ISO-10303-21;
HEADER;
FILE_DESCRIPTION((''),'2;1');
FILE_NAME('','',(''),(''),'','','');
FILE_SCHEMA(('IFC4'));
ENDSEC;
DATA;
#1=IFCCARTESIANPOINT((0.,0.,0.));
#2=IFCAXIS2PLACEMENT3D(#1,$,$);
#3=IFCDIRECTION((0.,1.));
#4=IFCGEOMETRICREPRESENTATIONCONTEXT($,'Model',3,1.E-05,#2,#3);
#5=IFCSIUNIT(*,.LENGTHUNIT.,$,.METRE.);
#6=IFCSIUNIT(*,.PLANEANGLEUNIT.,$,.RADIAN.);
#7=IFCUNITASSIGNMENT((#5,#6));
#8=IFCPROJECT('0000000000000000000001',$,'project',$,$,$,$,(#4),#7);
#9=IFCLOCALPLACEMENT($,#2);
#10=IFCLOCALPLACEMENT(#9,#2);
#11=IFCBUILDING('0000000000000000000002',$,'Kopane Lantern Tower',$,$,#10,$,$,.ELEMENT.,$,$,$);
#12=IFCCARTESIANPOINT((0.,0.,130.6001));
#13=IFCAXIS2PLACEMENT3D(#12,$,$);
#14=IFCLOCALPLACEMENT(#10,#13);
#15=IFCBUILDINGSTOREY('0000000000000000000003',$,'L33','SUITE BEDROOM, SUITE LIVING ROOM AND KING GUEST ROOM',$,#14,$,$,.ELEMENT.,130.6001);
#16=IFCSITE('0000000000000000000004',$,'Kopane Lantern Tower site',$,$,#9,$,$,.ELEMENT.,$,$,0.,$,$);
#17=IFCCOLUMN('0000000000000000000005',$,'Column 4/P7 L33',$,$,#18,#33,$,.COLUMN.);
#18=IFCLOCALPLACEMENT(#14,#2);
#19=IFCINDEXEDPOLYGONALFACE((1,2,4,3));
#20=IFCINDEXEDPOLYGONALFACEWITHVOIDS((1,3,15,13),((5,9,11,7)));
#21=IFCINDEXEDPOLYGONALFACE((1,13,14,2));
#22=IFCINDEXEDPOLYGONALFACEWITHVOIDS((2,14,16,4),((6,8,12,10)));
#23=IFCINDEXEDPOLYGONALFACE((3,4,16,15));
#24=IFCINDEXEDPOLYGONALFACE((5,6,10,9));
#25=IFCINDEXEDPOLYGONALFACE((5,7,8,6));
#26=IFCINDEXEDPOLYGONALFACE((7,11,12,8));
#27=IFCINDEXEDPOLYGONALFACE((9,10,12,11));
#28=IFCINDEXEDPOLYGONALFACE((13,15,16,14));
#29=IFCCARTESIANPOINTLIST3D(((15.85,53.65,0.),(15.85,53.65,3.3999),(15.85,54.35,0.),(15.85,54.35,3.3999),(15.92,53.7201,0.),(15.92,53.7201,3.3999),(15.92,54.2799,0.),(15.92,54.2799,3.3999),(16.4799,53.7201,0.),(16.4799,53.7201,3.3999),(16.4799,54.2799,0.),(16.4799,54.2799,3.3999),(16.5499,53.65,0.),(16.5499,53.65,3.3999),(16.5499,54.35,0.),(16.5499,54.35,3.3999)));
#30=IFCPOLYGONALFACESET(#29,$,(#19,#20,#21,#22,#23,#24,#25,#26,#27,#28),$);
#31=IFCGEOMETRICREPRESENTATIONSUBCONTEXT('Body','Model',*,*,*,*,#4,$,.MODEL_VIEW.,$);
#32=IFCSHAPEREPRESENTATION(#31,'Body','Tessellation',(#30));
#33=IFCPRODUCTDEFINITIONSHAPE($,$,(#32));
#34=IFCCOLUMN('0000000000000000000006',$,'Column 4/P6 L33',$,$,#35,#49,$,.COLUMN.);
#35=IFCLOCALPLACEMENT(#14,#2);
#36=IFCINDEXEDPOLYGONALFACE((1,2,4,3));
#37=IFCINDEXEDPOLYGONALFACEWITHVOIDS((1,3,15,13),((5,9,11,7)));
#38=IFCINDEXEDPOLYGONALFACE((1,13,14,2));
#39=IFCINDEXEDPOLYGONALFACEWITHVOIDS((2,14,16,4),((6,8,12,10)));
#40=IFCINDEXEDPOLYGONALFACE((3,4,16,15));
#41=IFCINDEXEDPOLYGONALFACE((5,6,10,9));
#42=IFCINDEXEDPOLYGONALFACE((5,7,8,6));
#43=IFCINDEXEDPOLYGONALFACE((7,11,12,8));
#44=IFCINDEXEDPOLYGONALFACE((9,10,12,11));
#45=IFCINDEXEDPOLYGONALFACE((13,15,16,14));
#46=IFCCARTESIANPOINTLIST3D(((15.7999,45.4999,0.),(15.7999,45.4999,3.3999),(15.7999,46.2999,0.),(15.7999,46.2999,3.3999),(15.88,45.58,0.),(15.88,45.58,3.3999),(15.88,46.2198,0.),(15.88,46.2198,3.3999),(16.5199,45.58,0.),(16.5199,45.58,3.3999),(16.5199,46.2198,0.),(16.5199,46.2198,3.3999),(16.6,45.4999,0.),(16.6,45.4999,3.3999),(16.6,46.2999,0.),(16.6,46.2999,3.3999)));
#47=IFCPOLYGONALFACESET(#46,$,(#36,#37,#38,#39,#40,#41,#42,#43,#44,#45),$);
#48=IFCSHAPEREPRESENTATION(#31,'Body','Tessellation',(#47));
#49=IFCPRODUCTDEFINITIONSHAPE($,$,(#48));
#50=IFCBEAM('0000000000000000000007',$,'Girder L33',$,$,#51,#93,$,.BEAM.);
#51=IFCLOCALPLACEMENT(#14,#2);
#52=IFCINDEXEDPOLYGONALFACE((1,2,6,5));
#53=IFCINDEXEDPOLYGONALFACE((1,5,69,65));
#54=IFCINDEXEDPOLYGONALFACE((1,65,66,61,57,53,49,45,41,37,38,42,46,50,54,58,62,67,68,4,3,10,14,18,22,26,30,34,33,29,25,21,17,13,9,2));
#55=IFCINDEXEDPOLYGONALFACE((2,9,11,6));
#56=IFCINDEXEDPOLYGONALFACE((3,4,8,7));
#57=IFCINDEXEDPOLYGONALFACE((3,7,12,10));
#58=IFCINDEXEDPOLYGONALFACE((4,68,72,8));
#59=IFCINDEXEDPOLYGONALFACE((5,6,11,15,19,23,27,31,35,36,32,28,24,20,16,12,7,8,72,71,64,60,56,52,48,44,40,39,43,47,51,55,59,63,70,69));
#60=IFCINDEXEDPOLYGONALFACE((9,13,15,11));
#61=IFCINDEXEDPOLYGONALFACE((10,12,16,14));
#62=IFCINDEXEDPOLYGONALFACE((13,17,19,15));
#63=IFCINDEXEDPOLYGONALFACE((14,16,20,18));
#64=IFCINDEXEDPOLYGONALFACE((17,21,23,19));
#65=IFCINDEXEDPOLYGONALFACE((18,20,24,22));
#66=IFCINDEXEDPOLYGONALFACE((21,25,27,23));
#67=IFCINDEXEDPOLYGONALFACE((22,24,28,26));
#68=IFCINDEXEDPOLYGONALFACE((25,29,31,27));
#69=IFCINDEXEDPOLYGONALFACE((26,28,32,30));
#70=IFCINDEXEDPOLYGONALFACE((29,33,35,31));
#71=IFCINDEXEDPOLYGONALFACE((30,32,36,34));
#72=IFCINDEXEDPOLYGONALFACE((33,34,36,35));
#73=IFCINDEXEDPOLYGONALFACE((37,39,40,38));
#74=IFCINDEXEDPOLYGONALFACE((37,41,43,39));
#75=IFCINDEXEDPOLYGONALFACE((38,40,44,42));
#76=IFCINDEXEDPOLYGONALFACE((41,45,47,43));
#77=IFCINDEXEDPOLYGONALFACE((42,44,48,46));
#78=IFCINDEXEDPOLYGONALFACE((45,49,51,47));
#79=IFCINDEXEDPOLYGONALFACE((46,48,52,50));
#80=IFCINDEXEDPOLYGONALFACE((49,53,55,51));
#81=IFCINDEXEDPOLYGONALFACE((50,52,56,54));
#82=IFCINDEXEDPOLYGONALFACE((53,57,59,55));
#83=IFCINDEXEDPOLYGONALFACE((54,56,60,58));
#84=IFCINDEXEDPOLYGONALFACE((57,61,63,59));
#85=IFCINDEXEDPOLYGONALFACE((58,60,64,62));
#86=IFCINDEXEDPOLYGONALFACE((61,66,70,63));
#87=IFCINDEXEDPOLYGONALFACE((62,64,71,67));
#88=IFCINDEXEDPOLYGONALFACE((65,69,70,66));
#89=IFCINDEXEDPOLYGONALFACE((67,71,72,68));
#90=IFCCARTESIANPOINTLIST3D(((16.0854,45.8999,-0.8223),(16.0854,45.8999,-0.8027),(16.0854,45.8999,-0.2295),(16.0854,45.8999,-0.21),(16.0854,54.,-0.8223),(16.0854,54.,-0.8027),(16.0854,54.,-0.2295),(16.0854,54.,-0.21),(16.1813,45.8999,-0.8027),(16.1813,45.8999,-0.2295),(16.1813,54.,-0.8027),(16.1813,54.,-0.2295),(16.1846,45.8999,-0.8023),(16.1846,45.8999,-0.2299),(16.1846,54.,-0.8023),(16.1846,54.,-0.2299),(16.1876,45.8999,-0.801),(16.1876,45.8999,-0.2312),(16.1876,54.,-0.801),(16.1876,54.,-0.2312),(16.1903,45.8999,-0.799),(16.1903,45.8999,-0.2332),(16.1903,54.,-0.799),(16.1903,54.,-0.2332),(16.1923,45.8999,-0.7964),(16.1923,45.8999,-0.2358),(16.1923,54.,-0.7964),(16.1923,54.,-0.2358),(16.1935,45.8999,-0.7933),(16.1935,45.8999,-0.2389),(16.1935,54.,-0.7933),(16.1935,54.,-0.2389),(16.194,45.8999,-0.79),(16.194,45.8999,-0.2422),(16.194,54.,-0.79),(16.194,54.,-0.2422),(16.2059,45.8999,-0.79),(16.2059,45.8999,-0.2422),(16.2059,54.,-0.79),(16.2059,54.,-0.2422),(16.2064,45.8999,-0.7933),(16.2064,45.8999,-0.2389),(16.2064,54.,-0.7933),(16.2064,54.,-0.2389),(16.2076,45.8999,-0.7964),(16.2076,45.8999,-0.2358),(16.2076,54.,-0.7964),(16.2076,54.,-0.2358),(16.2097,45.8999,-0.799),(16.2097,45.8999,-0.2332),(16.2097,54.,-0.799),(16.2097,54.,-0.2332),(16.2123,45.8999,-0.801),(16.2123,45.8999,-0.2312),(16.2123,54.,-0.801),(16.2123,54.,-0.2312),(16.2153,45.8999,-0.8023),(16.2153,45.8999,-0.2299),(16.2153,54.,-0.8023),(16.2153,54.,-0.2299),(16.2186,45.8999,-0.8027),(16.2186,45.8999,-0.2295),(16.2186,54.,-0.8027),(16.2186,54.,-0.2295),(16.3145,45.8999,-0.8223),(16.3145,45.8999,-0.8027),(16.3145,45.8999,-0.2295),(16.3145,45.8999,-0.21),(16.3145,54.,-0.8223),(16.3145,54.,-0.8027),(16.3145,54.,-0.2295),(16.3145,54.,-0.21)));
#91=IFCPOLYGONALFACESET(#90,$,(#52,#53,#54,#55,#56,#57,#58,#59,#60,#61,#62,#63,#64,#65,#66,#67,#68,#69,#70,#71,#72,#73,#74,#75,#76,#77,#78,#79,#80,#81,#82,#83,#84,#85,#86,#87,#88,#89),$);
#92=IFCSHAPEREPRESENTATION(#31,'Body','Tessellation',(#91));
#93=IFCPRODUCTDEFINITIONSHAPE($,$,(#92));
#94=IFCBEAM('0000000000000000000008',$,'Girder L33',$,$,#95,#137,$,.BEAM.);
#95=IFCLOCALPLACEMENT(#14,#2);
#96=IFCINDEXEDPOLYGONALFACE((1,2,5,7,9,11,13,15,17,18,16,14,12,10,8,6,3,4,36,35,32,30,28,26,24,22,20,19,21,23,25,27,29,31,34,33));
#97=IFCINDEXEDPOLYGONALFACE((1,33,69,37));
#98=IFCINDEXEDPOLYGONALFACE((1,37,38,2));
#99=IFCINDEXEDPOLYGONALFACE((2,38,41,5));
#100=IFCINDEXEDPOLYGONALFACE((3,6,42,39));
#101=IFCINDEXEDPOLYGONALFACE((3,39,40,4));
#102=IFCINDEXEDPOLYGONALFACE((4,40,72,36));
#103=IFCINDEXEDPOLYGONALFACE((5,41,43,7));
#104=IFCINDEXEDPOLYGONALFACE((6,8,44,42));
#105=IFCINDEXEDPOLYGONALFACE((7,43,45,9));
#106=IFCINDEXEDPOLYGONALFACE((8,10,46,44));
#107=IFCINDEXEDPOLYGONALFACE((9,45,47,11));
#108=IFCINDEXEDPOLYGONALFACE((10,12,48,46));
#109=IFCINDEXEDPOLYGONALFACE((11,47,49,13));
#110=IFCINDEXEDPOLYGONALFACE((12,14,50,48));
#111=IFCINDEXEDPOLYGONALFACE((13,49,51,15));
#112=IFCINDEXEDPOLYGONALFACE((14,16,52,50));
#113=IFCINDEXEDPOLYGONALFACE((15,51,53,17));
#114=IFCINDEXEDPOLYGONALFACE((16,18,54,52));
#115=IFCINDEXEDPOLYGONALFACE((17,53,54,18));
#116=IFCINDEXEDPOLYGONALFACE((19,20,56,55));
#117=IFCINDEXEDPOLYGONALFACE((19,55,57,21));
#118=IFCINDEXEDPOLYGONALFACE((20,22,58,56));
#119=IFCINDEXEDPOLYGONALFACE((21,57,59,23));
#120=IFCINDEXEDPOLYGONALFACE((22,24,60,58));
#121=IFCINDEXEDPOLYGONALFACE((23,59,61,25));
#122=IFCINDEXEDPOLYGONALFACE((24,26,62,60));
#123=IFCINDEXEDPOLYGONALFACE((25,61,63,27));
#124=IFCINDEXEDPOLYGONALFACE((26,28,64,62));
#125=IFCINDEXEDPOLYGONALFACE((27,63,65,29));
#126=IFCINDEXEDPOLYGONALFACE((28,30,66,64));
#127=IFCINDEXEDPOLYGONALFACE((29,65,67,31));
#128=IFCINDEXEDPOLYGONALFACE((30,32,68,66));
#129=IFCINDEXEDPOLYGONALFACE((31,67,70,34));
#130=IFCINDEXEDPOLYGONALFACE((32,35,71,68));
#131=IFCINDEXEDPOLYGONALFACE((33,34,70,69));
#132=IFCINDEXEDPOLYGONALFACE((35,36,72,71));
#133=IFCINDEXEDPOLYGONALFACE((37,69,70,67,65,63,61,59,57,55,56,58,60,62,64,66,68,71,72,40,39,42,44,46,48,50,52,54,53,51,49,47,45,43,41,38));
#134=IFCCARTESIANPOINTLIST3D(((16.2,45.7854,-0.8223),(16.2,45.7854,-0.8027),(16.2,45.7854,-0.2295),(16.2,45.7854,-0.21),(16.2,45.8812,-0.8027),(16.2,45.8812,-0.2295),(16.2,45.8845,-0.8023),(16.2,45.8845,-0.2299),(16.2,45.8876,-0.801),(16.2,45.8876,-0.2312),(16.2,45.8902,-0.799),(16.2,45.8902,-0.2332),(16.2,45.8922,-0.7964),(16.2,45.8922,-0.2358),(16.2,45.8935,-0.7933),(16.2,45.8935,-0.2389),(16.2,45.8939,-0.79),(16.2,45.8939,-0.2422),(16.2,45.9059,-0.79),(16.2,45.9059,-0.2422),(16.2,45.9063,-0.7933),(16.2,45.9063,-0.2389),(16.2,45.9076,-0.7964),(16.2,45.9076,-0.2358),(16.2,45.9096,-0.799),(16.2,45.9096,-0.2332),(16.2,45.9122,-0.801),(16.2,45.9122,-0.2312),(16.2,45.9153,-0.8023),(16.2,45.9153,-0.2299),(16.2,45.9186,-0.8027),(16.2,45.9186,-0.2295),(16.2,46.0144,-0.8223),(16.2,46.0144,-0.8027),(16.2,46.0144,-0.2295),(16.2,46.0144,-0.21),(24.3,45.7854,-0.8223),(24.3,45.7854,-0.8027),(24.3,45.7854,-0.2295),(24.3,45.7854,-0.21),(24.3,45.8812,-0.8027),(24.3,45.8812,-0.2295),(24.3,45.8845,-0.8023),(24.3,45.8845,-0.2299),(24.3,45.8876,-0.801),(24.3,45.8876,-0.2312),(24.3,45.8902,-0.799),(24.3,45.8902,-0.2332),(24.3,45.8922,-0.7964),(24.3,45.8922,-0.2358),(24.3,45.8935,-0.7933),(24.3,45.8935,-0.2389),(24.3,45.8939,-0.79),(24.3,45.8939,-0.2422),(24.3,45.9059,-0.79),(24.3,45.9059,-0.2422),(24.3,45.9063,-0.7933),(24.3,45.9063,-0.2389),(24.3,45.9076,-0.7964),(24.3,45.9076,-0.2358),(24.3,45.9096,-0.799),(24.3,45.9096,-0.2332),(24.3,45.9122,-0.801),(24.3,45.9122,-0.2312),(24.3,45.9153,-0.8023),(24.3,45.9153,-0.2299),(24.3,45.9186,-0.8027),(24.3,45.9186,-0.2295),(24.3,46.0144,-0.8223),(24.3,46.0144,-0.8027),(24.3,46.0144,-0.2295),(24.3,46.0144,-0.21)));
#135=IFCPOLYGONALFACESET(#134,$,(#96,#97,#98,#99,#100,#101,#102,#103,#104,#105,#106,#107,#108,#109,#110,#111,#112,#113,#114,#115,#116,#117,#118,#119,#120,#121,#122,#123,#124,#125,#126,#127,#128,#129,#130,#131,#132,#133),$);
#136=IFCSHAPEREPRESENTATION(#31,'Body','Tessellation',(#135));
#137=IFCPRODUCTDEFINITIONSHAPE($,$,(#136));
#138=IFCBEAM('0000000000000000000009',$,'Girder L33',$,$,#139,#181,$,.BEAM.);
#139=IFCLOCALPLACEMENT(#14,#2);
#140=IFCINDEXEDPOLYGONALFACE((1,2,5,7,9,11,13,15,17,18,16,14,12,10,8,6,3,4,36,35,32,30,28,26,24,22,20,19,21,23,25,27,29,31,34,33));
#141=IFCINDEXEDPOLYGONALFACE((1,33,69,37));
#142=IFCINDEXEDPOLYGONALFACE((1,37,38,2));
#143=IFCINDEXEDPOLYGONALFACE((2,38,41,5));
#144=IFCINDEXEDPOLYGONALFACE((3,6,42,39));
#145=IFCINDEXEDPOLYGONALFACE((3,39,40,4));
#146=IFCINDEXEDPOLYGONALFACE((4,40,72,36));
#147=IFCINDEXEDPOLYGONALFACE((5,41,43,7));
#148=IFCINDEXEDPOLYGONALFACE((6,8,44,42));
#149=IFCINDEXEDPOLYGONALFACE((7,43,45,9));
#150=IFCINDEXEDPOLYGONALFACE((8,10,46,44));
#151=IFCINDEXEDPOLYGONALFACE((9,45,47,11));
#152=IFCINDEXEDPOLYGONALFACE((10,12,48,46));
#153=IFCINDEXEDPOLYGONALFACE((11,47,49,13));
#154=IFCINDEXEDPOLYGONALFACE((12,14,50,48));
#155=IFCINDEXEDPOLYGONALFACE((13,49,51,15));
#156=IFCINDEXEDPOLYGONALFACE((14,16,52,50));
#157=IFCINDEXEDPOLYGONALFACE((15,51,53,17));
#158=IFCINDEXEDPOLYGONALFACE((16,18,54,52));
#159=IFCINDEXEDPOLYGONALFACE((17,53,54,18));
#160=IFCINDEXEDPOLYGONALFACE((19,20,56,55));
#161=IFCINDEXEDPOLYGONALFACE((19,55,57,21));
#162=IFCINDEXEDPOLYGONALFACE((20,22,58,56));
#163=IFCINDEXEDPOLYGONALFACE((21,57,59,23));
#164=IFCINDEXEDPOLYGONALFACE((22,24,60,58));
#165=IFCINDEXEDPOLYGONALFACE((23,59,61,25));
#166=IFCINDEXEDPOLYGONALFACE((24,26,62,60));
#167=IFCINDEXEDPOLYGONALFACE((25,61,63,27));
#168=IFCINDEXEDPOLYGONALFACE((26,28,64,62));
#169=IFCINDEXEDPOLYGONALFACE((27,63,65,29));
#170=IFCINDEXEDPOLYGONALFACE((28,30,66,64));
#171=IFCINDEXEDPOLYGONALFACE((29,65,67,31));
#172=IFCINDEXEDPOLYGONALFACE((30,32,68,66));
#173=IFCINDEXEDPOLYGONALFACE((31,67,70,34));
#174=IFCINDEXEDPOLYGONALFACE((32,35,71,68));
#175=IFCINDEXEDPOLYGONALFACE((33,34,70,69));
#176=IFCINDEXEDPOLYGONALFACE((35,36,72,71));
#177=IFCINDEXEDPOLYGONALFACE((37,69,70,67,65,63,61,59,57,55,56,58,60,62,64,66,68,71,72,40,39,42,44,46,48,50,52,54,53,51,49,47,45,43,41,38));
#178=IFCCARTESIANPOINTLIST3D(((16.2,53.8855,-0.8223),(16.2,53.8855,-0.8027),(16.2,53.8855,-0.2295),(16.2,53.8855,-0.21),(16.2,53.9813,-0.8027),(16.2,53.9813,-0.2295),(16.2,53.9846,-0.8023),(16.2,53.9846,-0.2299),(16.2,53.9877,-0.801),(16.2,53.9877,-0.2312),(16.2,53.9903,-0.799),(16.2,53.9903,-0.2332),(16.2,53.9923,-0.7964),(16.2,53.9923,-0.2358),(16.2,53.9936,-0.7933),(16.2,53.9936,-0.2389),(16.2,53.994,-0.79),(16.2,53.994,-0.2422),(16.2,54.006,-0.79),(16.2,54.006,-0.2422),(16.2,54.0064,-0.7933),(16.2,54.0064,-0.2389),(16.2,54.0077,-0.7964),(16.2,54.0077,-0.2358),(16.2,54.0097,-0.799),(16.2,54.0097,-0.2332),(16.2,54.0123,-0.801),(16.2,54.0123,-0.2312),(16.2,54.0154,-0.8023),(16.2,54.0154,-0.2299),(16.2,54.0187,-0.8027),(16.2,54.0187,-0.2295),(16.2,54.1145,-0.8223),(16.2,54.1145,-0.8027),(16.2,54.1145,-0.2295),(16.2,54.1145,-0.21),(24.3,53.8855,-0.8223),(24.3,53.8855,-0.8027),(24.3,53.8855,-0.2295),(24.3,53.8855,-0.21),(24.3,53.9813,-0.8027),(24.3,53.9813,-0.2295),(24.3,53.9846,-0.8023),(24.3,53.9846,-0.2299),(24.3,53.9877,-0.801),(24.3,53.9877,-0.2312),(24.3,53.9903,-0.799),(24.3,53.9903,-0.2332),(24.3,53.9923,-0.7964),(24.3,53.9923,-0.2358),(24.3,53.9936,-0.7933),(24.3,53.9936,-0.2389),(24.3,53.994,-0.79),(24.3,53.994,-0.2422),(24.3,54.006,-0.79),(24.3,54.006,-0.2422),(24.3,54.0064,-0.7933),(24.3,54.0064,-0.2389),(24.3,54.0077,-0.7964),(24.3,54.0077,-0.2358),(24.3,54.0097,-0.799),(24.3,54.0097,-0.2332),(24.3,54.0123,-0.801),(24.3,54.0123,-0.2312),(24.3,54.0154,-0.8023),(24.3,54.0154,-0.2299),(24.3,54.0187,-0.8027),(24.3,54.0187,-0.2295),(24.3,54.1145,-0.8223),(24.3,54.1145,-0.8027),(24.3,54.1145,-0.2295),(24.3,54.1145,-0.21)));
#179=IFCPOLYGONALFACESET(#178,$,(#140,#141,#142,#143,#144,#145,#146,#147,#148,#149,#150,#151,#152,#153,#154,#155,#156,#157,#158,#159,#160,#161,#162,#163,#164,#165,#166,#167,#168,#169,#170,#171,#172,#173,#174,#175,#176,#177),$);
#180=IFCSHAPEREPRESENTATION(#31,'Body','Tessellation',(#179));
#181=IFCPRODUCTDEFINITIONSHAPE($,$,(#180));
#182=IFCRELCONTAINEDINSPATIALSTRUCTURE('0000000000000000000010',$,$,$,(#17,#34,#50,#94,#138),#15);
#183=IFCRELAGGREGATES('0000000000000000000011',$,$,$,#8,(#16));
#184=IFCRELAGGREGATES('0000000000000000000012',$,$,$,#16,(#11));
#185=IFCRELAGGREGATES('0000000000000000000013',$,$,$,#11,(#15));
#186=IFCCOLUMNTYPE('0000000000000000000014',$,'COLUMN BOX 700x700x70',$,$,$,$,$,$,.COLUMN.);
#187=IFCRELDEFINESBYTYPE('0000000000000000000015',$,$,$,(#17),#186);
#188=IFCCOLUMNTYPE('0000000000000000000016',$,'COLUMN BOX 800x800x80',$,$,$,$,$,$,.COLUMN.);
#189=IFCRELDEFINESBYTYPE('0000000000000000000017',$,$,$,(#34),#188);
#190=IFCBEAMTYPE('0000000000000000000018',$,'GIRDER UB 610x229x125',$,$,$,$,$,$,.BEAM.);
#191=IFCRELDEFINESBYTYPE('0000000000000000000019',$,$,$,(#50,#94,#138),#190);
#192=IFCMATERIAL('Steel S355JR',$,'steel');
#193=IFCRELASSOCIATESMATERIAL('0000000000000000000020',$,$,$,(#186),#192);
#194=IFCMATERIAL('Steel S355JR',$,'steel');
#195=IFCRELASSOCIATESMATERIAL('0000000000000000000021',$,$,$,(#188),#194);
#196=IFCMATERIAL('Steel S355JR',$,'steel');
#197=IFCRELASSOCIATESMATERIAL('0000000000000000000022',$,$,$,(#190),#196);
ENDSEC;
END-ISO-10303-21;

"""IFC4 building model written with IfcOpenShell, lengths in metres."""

from ifc_helpers import new_model, si_unit, direction, frame, origin, origin_2d, place, context, subcontext, project, spatial, hollow_rectangle, i_section, extrude, material, material_profile, profile_set, type_object, element, save


model = new_model("IFC4")

# Units and contexts
model_context = context("Model", 3, precision=1e-05, world=origin(), true_north=direction((0.0, 1.0)))
body_context = subcontext(model_context, "Body", "Model", "MODEL_VIEW")
ifc_project = project(units=[si_unit("LENGTHUNIT", "METRE"), si_unit("PLANEANGLEUNIT", "RADIAN")], contexts=[model_context])

# Site, building, storey
site_placement = place(None, origin())
site = spatial("IfcSite", under=ifc_project, at=site_placement, Name="Kopane Lantern Tower site", CompositionType="ELEMENT", RefElevation=0.0)
building_placement = place(site_placement, origin())
building = spatial("IfcBuilding", under=site, at=building_placement, Name="Kopane Lantern Tower", CompositionType="ELEMENT")
storey_placement = place(building_placement, frame((0.0, 0.0, 130.6001)))
storey = spatial("IfcBuildingStorey", under=building, at=storey_placement, Name="L33", Description="SUITE BEDROOM, SUITE LIVING ROOM AND KING GUEST ROOM", CompositionType="ELEMENT", Elevation=130.6001)

# Columns
ifc_material_1 = material(Name="Steel S355JR", Category="steel")
ifc_material_profile_1 = material_profile(ifc_material_1, hollow_rectangle(XDim=0.7, YDim=0.7, WallThickness=0.0701, at=origin_2d()), Name="BOX 700x700x70")
ifc_profile_set_1 = profile_set([ifc_material_profile_1], Name="Steel S355JR")
column_type_1 = type_object("IfcColumnType", Name="COLUMN BOX 700x700x70", PredefinedType="COLUMN", material=ifc_profile_set_1)
column_1_placement = place(storey_placement, frame((16.2, 54.0, 0.0), z_axis=(0.0, 0.0, 1.0), x_axis=(1.0, 0.0, 0.0)))
element("IfcColumn", 1, at=column_1_placement, inside=storey, type_object=column_type_1, Name="Column 4/P7 L33", PredefinedType="COLUMN", context=body_context, shape_type="SweptSolid", body=[
    extrude(hollow_rectangle(XDim=0.7, YDim=0.7, WallThickness=0.0701, at=origin_2d()), origin(), (0.0, 0.0, 1.0), 3.3999),
])
ifc_material_2 = material(Name="Steel S355JR", Category="steel")
ifc_material_profile_2 = material_profile(ifc_material_2, hollow_rectangle(XDim=0.8, YDim=0.8, WallThickness=0.0801, at=origin_2d()), Name="BOX 800x800x80")
ifc_profile_set_2 = profile_set([ifc_material_profile_2], Name="Steel S355JR")
column_type_2 = type_object("IfcColumnType", Name="COLUMN BOX 800x800x80", PredefinedType="COLUMN", material=ifc_profile_set_2)
column_2_placement = place(storey_placement, frame((16.2, 45.8999, 0.0), z_axis=(0.0, 0.0, 1.0), x_axis=(1.0, 0.0, 0.0)))
element("IfcColumn", 2, at=column_2_placement, inside=storey, type_object=column_type_2, Name="Column 4/P6 L33", PredefinedType="COLUMN", context=body_context, shape_type="SweptSolid", body=[
    extrude(hollow_rectangle(XDim=0.8, YDim=0.8, WallThickness=0.0801, at=origin_2d()), origin(), (0.0, 0.0, 1.0), 3.3999),
])

# Beams
ifc_material_3 = material(Name="Steel S355JR", Category="steel")
ifc_material_profile_3 = material_profile(ifc_material_3, i_section(OverallWidth=0.229, OverallDepth=0.6123, WebThickness=0.012, FlangeThickness=0.0195, FilletRadius=0.0127, at=origin_2d()), Name="UB 610x229x125")
ifc_profile_set_3 = profile_set([ifc_material_profile_3], Name="Steel S355JR")
beam_type = type_object("IfcBeamType", Name="GIRDER UB 610x229x125", PredefinedType="BEAM", material=ifc_profile_set_3)
for number, where, z_axis, x_axis, name in (
    (3, (16.2, 45.8999, -0.5161), (0.0, 1.0, 0.0), (-1.0, 0.0, 0.0), "Girder L33"),
    (4, (16.2, 45.8999, -0.5161), (1.0, 0.0, 0.0), (0.0, 1.0, 0.0), "Girder L33"),
    (5, (16.2, 54.0, -0.5161), (1.0, 0.0, 0.0), (0.0, 1.0, 0.0), "Girder L33"),
):
    element("IfcBeam", number, at=place(storey_placement, frame(where, z_axis=z_axis, x_axis=x_axis)), inside=storey, type_object=beam_type, Name=name, PredefinedType="BEAM", context=body_context, shape_type="SweptSolid", body=[
        extrude(i_section(OverallWidth=0.229, OverallDepth=0.6123, WebThickness=0.012, FlangeThickness=0.0195, FilletRadius=0.0127, at=origin_2d()), origin(), (0.0, 0.0, 1.0), 8.1001),
    ])

save(model, "model.ifc")
